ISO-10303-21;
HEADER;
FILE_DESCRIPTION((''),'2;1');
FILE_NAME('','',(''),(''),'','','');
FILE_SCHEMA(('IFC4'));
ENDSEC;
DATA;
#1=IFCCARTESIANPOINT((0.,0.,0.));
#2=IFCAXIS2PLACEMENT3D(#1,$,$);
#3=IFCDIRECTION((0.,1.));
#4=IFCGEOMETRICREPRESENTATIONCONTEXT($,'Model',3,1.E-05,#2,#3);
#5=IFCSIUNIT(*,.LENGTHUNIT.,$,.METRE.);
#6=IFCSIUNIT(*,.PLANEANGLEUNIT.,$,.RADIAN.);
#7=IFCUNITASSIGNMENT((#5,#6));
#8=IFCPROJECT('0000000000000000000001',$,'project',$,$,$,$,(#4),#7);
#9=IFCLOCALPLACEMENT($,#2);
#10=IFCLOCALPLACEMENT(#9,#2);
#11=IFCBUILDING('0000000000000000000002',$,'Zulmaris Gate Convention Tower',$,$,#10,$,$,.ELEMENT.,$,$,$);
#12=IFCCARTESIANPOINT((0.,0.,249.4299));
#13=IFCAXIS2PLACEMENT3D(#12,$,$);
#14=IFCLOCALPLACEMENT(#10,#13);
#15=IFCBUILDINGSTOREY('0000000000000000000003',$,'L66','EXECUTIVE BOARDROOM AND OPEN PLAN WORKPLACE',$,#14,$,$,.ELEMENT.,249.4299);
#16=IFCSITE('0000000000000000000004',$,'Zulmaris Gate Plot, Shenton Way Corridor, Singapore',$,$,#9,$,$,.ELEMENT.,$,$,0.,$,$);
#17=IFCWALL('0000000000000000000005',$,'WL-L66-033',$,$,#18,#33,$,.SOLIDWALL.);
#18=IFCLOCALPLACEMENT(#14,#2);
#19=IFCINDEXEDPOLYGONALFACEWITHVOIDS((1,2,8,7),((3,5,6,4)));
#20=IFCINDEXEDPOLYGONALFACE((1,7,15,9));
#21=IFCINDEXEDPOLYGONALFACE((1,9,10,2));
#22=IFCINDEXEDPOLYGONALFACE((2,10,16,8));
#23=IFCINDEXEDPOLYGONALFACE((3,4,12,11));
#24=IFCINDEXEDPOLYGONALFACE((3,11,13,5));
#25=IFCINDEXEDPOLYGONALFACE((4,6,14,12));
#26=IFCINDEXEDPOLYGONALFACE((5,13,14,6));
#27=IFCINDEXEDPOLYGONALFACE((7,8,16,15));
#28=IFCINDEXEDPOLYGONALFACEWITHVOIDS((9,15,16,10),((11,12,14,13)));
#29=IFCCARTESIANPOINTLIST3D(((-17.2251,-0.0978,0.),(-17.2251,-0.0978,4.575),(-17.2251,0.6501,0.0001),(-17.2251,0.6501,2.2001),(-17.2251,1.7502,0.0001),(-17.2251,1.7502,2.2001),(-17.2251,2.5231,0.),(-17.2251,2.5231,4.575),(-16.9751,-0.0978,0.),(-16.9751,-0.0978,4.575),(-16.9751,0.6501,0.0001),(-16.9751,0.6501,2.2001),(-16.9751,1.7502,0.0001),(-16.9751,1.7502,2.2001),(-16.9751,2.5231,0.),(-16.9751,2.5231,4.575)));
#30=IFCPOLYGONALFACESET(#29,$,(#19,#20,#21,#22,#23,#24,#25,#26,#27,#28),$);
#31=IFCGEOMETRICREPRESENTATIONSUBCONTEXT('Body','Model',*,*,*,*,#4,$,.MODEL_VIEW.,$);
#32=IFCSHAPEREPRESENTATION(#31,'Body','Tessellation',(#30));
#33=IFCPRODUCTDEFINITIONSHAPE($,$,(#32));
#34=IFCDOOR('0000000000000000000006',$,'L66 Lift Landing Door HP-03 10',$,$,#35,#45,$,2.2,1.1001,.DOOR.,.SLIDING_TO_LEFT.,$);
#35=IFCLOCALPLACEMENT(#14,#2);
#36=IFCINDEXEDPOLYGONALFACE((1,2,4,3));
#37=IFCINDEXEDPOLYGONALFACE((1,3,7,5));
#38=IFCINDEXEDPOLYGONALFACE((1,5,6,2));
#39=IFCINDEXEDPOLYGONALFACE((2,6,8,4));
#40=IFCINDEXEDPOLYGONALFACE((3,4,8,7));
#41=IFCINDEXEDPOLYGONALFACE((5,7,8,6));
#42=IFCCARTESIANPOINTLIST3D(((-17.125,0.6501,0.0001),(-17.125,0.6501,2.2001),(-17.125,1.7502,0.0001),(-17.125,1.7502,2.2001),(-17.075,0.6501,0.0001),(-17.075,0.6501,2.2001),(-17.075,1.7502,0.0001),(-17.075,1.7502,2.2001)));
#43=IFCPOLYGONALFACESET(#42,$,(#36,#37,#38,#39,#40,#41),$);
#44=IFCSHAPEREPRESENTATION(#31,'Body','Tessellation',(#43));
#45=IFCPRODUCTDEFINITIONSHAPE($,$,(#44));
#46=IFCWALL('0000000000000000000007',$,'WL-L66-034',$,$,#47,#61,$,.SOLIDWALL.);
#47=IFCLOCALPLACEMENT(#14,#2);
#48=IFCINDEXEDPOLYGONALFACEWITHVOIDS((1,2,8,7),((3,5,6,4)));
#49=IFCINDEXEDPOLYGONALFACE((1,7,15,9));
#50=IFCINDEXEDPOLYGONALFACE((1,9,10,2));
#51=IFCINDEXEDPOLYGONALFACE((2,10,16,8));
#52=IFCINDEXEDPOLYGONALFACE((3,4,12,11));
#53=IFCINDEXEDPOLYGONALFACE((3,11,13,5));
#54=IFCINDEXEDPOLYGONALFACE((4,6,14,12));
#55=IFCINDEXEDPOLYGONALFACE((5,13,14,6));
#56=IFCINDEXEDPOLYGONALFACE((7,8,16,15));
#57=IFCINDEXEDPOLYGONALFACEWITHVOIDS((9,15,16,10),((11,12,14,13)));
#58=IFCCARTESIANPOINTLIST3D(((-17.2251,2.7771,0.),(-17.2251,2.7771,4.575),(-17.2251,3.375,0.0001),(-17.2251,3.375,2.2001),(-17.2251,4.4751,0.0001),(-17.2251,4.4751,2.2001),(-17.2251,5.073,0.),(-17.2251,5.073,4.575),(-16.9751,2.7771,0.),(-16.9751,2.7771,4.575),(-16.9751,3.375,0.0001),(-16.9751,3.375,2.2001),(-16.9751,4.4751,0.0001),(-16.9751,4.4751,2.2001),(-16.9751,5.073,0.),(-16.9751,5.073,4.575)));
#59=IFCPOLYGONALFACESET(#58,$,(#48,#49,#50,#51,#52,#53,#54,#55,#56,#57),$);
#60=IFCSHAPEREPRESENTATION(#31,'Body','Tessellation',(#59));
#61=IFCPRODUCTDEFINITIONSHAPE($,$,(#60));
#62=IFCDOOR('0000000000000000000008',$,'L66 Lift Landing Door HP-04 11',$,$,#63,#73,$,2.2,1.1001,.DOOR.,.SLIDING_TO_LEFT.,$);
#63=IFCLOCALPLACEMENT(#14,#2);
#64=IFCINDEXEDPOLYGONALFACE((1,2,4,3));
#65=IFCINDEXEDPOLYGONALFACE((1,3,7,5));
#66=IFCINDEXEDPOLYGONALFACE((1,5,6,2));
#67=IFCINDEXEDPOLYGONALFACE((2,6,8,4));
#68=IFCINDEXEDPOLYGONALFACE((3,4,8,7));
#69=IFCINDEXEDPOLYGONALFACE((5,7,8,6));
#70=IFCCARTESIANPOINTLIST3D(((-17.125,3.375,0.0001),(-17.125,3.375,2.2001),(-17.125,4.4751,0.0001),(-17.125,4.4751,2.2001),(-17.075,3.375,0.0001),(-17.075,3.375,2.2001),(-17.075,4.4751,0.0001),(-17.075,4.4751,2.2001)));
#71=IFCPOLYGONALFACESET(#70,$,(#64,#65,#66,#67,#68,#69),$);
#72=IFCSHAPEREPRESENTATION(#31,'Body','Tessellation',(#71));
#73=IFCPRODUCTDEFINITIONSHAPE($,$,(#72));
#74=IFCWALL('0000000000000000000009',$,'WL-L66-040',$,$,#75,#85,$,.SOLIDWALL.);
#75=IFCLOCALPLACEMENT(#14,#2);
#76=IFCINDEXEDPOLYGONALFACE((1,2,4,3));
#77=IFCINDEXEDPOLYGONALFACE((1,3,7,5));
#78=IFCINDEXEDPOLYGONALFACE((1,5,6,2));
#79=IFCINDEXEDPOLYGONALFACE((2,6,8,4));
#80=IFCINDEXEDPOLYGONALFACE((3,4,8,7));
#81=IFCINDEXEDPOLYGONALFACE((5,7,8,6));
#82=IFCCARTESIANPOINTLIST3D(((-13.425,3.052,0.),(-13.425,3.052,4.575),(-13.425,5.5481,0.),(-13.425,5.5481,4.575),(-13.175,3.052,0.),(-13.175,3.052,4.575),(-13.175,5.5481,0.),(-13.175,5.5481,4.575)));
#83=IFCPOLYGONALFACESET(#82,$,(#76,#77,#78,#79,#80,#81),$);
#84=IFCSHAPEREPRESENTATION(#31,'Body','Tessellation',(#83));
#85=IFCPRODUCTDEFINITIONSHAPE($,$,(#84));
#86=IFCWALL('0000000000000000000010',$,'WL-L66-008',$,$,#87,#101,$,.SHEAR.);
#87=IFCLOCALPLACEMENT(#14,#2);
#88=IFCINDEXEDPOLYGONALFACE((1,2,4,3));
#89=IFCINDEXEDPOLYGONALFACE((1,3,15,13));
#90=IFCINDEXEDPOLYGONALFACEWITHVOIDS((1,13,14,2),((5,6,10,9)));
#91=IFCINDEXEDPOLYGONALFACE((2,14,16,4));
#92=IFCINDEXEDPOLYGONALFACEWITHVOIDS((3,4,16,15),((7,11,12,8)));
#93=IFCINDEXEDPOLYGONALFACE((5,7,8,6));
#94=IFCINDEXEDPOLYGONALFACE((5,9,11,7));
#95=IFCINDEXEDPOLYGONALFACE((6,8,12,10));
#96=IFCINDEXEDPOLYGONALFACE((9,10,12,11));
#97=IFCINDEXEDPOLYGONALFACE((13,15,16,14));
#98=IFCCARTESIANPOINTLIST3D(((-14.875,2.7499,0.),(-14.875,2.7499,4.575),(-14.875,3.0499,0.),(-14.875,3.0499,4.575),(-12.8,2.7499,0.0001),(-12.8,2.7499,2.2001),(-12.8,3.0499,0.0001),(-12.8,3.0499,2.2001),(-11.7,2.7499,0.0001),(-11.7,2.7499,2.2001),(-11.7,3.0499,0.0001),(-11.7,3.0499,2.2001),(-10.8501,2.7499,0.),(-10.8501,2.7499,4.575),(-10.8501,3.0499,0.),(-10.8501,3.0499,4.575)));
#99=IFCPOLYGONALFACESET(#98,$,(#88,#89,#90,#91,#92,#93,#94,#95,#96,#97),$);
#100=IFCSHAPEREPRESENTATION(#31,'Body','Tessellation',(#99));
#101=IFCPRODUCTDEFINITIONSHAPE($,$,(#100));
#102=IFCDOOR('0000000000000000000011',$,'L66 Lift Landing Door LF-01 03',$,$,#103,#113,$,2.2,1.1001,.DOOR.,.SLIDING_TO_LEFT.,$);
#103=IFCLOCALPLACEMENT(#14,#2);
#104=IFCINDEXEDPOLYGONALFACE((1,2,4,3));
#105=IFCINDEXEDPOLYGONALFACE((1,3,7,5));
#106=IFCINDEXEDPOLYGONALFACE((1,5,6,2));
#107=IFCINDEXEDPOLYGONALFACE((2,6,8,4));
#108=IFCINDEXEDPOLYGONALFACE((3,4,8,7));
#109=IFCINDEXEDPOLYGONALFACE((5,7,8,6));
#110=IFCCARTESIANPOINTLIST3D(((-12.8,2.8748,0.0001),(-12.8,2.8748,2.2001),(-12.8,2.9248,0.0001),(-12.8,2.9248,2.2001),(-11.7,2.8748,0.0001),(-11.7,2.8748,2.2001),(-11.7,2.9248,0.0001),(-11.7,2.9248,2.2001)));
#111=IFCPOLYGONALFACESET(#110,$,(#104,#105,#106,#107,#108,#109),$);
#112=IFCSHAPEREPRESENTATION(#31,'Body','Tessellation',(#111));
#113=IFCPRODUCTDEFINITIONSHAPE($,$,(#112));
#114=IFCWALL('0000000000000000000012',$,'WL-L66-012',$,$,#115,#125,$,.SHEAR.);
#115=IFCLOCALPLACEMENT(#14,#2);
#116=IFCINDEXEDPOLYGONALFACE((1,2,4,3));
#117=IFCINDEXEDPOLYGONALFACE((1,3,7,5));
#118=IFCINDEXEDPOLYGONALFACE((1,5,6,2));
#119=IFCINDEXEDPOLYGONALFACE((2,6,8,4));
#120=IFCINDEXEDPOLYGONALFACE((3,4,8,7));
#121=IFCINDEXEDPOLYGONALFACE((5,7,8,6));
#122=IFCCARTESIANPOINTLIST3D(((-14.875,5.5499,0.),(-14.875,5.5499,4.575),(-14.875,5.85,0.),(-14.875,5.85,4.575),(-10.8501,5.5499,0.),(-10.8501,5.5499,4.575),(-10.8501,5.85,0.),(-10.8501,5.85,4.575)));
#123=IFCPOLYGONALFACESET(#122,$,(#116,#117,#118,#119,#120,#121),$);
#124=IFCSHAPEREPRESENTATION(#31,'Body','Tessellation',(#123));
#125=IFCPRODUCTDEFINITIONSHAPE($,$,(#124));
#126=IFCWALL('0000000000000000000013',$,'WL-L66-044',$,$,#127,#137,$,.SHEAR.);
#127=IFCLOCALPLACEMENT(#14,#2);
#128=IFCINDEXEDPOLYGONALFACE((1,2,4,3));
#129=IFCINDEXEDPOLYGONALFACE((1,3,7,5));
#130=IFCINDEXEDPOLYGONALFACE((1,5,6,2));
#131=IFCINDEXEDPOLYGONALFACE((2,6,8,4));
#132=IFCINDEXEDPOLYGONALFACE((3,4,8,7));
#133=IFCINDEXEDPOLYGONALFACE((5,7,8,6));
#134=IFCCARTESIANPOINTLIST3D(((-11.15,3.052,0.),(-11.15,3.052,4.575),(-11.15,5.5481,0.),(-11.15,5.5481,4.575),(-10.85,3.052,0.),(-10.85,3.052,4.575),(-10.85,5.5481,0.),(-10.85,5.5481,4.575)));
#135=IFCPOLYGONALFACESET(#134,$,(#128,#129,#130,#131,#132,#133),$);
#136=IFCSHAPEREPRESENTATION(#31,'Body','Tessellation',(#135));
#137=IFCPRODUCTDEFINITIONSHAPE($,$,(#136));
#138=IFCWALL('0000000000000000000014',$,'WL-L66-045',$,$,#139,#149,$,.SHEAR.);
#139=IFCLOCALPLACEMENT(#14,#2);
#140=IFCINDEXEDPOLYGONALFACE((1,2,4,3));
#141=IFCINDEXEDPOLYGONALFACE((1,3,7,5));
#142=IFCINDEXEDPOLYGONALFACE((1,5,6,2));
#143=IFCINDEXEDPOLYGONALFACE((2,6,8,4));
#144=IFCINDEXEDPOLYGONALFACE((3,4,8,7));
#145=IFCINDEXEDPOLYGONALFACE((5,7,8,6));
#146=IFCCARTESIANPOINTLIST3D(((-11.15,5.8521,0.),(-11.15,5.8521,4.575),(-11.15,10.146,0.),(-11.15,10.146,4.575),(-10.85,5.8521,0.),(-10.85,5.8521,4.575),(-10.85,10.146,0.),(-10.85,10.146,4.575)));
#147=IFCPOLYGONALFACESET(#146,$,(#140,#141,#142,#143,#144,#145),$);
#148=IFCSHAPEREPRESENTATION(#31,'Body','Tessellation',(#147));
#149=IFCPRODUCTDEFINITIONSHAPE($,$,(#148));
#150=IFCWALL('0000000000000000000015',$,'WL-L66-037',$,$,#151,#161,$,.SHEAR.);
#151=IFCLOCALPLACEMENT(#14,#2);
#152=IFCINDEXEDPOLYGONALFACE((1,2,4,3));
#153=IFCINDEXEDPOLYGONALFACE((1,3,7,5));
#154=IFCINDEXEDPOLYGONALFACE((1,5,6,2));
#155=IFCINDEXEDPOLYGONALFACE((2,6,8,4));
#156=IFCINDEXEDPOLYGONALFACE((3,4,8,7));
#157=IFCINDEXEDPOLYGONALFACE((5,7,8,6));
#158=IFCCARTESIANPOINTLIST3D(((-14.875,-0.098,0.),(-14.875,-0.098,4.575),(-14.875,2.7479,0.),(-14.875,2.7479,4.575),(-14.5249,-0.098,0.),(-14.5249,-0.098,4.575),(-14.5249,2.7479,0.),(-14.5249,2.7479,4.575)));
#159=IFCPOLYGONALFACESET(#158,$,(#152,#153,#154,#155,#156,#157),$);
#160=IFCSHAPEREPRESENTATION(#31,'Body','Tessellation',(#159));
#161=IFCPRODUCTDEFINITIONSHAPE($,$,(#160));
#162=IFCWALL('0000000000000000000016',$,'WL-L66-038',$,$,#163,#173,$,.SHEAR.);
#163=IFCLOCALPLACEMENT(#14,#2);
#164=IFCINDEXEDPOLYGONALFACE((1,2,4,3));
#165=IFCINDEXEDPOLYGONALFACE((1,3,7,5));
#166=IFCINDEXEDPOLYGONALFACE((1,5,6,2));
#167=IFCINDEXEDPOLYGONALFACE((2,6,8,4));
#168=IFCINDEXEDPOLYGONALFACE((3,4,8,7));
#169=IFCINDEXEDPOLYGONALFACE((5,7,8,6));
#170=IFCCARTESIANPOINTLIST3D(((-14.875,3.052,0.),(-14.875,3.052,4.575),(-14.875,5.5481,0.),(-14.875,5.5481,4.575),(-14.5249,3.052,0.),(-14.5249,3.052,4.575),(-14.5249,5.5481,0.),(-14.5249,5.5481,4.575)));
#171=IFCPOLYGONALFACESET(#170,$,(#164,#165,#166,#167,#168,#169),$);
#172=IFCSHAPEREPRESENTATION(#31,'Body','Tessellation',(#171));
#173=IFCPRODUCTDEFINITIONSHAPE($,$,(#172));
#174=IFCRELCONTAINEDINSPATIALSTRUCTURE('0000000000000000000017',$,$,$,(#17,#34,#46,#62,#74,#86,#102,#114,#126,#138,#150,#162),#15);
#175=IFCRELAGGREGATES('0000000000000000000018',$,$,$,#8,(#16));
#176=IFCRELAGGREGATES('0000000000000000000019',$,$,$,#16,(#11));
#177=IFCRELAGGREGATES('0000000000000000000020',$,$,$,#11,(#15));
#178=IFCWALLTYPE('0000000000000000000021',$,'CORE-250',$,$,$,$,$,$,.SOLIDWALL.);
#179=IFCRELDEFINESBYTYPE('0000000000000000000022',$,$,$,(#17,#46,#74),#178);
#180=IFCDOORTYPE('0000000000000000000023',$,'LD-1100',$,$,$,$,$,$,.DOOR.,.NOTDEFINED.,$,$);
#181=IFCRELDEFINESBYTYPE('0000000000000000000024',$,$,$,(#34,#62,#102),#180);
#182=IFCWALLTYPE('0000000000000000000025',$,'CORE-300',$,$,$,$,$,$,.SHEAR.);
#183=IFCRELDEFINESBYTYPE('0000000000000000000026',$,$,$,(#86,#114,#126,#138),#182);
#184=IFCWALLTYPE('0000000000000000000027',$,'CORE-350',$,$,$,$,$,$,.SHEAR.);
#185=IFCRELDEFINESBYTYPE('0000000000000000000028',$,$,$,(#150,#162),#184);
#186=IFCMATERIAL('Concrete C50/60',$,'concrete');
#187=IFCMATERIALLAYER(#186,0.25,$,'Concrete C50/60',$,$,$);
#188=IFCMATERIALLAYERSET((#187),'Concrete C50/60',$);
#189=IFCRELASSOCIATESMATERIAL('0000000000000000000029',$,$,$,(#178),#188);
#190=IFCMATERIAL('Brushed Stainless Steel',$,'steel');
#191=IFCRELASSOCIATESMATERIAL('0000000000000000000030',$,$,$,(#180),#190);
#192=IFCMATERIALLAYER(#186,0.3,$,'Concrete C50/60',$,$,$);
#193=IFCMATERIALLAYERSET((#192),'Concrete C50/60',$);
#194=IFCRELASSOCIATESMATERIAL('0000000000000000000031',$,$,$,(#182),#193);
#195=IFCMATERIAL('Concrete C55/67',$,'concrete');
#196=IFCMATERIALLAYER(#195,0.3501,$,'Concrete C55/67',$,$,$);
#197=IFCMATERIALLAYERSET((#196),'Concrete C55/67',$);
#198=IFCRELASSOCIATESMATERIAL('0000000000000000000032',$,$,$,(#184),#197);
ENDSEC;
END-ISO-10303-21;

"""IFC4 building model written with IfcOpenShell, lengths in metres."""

from ifc_helpers import new_model, si_unit, direction, frame, frame_2d, origin, place, context, subcontext, project, spatial, rectangle, extrude, material, layer, layer_set, type_object, element, fill, save


model = new_model("IFC4")

# Units and contexts
model_context = context("Model", 3, precision=1e-05, world=origin(), true_north=direction((0.0, 1.0)))
body_context = subcontext(model_context, "Body", "Model", "MODEL_VIEW")
ifc_project = project(units=[si_unit("LENGTHUNIT", "METRE"), si_unit("PLANEANGLEUNIT", "RADIAN")], contexts=[model_context])

# Site, building, storey
site_placement = place(None, origin())
site = spatial("IfcSite", under=ifc_project, at=site_placement, Name="Zulmaris Gate Plot, Shenton Way Corridor, Singapore", CompositionType="ELEMENT", RefElevation=0.0)
building_placement = place(site_placement, origin())
building = spatial("IfcBuilding", under=site, at=building_placement, Name="Zulmaris Gate Convention Tower", CompositionType="ELEMENT")
storey_placement = place(building_placement, frame((0.0, 0.0, 249.4299)))
storey = spatial("IfcBuildingStorey", under=building, at=storey_placement, Name="L66", Description="EXECUTIVE BOARDROOM AND OPEN PLAN WORKPLACE", CompositionType="ELEMENT", Elevation=249.4299)

# Shared definitions
ifc_material_1 = material(Name="Concrete C50/60", Category="concrete")

# Walls, openings, doors
ifc_layer_1 = layer(ifc_material_1, 0.25, Name="Concrete C50/60")
ifc_layer_set_1 = layer_set([ifc_layer_1], Name="Concrete C50/60")
wall_type_1 = type_object("IfcWallType", Name="CORE-250", PredefinedType="SOLIDWALL", material=ifc_layer_set_1)
wall_1_placement = place(storey_placement, frame((-17.1001, -0.0979, 0.0), z_axis=(0.0, 0.0, 1.0), x_axis=(0.0, 1.0, 0.0)))
wall_1 = element("IfcWall", 1, at=wall_1_placement, inside=storey, type_object=wall_type_1, Name="WL-L66-033", PredefinedType="SOLIDWALL", context=body_context, shape_type="SweptSolid", body=[
    extrude(rectangle(XDim=2.6208, YDim=0.25, at=frame_2d((1.3105, 0.0))), origin(), (0.0, 0.0, 1.0), 4.575),
])
opening_1_placement = place(wall_1_placement, frame((0.748, 0.0, 0.0)))
opening_1 = element("IfcOpeningElement", 2, at=opening_1_placement, cuts=wall_1, PredefinedType="OPENING", context=body_context, shape_type="SweptSolid", body=[
    extrude(rectangle(XDim=1.1001, YDim=2.2, at=frame_2d((0.55, 1.1001))), frame((0.0, 0.135, 0.0), z_axis=(0.0, -1.0, 0.0), x_axis=(1.0, 0.0, 0.0)), (0.0, 0.0, 1.0), 0.27),
])
ifc_material_2 = material(Name="Brushed Stainless Steel", Category="steel")
door_type_1 = type_object("IfcDoorType", Name="LD-1100", OperationType="NOTDEFINED", PredefinedType="DOOR", material=ifc_material_2)
door_1_placement = place(opening_1_placement, origin())
door_1 = element("IfcDoor", 3, at=door_1_placement, inside=storey, type_object=door_type_1, Name="L66 Lift Landing Door HP-03 10", OperationType="SLIDING_TO_LEFT", OverallHeight=2.2, OverallWidth=1.1001, PredefinedType="DOOR", context=body_context, shape_type="SweptSolid", body=[
    extrude(rectangle(XDim=1.1001, YDim=2.2, at=frame_2d((0.55, 1.1001))), frame((0.0, 0.0249, 0.0), z_axis=(0.0, -1.0, 0.0), x_axis=(1.0, 0.0, 0.0)), (0.0, 0.0, 1.0), 0.05),
])
fill(opening_1, door_1)
wall_2_placement = place(storey_placement, frame((-17.1001, 2.7771, 0.0), z_axis=(0.0, 0.0, 1.0), x_axis=(0.0, 1.0, 0.0)))
wall_2 = element("IfcWall", 4, at=wall_2_placement, inside=storey, type_object=wall_type_1, Name="WL-L66-034", PredefinedType="SOLIDWALL", context=body_context, shape_type="SweptSolid", body=[
    extrude(rectangle(XDim=2.2959, YDim=0.25, at=frame_2d((1.1479, 0.0))), origin(), (0.0, 0.0, 1.0), 4.575),
])
opening_2_placement = place(wall_2_placement, frame((0.5979, 0.0, 0.0)))
opening_2 = element("IfcOpeningElement", 5, at=opening_2_placement, cuts=wall_2, PredefinedType="OPENING", context=body_context, shape_type="SweptSolid", body=[
    extrude(rectangle(XDim=1.1001, YDim=2.2, at=frame_2d((0.55, 1.1001))), frame((0.0, 0.135, 0.0), z_axis=(0.0, -1.0, 0.0), x_axis=(1.0, 0.0, 0.0)), (0.0, 0.0, 1.0), 0.27),
])
door_2_placement = place(opening_2_placement, origin())
door_2 = element("IfcDoor", 6, at=door_2_placement, inside=storey, type_object=door_type_1, Name="L66 Lift Landing Door HP-04 11", OperationType="SLIDING_TO_LEFT", OverallHeight=2.2, OverallWidth=1.1001, PredefinedType="DOOR", context=body_context, shape_type="SweptSolid", body=[
    extrude(rectangle(XDim=1.1001, YDim=2.2, at=frame_2d((0.55, 1.1001))), frame((0.0, 0.0249, 0.0), z_axis=(0.0, -1.0, 0.0), x_axis=(1.0, 0.0, 0.0)), (0.0, 0.0, 1.0), 0.05),
])
fill(opening_2, door_2)

# Wall
wall_3_placement = place(storey_placement, frame((-13.3, 3.052, 0.0), z_axis=(0.0, 0.0, 1.0), x_axis=(0.0, 1.0, 0.0)))
element("IfcWall", 7, at=wall_3_placement, inside=storey, type_object=wall_type_1, Name="WL-L66-040", PredefinedType="SOLIDWALL", context=body_context, shape_type="SweptSolid", body=[
    extrude(rectangle(XDim=2.4961, YDim=0.25, at=frame_2d((1.248, 0.0))), origin(), (0.0, 0.0, 1.0), 4.575),
])

# Wall, opening, door
ifc_layer_2 = layer(ifc_material_1, 0.3, Name="Concrete C50/60")
ifc_layer_set_2 = layer_set([ifc_layer_2], Name="Concrete C50/60")
wall_type_2 = type_object("IfcWallType", Name="CORE-300", PredefinedType="SHEAR", material=ifc_layer_set_2)
wall_4_placement = place(storey_placement, frame((-14.875, 2.8999, 0.0), z_axis=(0.0, 0.0, 1.0), x_axis=(1.0, 0.0, 0.0)))
wall_4 = element("IfcWall", 8, at=wall_4_placement, inside=storey, type_object=wall_type_2, Name="WL-L66-008", PredefinedType="SHEAR", context=body_context, shape_type="SweptSolid", body=[
    extrude(rectangle(XDim=4.0249, YDim=0.3, at=frame_2d((2.0125, 0.0))), origin(), (0.0, 0.0, 1.0), 4.575),
])
opening_3_placement = place(wall_4_placement, frame((2.075, 0.0, 0.0)))
opening_3 = element("IfcOpeningElement", 9, at=opening_3_placement, cuts=wall_4, PredefinedType="OPENING", context=body_context, shape_type="SweptSolid", body=[
    extrude(rectangle(XDim=1.1001, YDim=2.2, at=frame_2d((0.55, 1.1001))), frame((0.0, 0.1602, 0.0), z_axis=(0.0, -1.0, 0.0), x_axis=(1.0, 0.0, 0.0)), (0.0, 0.0, 1.0), 0.3201),
])
door_3_placement = place(opening_3_placement, origin())
door_3 = element("IfcDoor", 10, at=door_3_placement, inside=storey, type_object=door_type_1, Name="L66 Lift Landing Door LF-01 03", OperationType="SLIDING_TO_LEFT", OverallHeight=2.2, OverallWidth=1.1001, PredefinedType="DOOR", context=body_context, shape_type="SweptSolid", body=[
    extrude(rectangle(XDim=1.1001, YDim=2.2, at=frame_2d((0.55, 1.1001))), frame((0.0, 0.0249, 0.0), z_axis=(0.0, -1.0, 0.0), x_axis=(1.0, 0.0, 0.0)), (0.0, 0.0, 1.0), 0.05),
])
fill(opening_3, door_3)

# Wall
wall_5_placement = place(storey_placement, frame((-14.875, 5.7, 0.0), z_axis=(0.0, 0.0, 1.0), x_axis=(1.0, 0.0, 0.0)))
element("IfcWall", 11, at=wall_5_placement, inside=storey, type_object=wall_type_2, Name="WL-L66-012", PredefinedType="SHEAR", context=body_context, shape_type="SweptSolid", body=[
    extrude(rectangle(XDim=4.0249, YDim=0.3, at=frame_2d((2.0125, 0.0))), origin(), (0.0, 0.0, 1.0), 4.575),
])

# Walls
wall_6_placement = place(storey_placement, frame((-11.0, 3.052, 0.0), z_axis=(0.0, 0.0, 1.0), x_axis=(0.0, 1.0, 0.0)))
element("IfcWall", 12, at=wall_6_placement, inside=storey, type_object=wall_type_2, Name="WL-L66-044", PredefinedType="SHEAR", context=body_context, shape_type="SweptSolid", body=[
    extrude(rectangle(XDim=2.4961, YDim=0.3, at=frame_2d((1.248, 0.0))), origin(), (0.0, 0.0, 1.0), 4.575),
])
wall_7_placement = place(storey_placement, frame((-11.0, 5.8521, 0.0), z_axis=(0.0, 0.0, 1.0), x_axis=(0.0, 1.0, 0.0)))
element("IfcWall", 13, at=wall_7_placement, inside=storey, type_object=wall_type_2, Name="WL-L66-045", PredefinedType="SHEAR", context=body_context, shape_type="SweptSolid", body=[
    extrude(rectangle(XDim=4.2939, YDim=0.3, at=frame_2d((2.147, 0.0))), origin(), (0.0, 0.0, 1.0), 4.575),
])
ifc_material_3 = material(Name="Concrete C55/67", Category="concrete")
ifc_layer_3 = layer(ifc_material_3, 0.3501, Name="Concrete C55/67")
ifc_layer_set_3 = layer_set([ifc_layer_3], Name="Concrete C55/67")
wall_type_3 = type_object("IfcWallType", Name="CORE-350", PredefinedType="SHEAR", material=ifc_layer_set_3)
wall_8_placement = place(storey_placement, frame((-14.7, -0.0979, 0.0), z_axis=(0.0, 0.0, 1.0), x_axis=(0.0, 1.0, 0.0)))
element("IfcWall", 14, at=wall_8_placement, inside=storey, type_object=wall_type_3, Name="WL-L66-037", PredefinedType="SHEAR", context=body_context, shape_type="SweptSolid", body=[
    extrude(rectangle(XDim=2.8459, YDim=0.3501, at=frame_2d((1.4229, 0.0))), origin(), (0.0, 0.0, 1.0), 4.575),
])
wall_9_placement = place(storey_placement, frame((-14.7, 3.052, 0.0), z_axis=(0.0, 0.0, 1.0), x_axis=(0.0, 1.0, 0.0)))
element("IfcWall", 15, at=wall_9_placement, inside=storey, type_object=wall_type_3, Name="WL-L66-038", PredefinedType="SHEAR", context=body_context, shape_type="SweptSolid", body=[
    extrude(rectangle(XDim=2.4961, YDim=0.3501, at=frame_2d((1.248, 0.0))), origin(), (0.0, 0.0, 1.0), 4.575),
])

save(model, "model.ifc")
